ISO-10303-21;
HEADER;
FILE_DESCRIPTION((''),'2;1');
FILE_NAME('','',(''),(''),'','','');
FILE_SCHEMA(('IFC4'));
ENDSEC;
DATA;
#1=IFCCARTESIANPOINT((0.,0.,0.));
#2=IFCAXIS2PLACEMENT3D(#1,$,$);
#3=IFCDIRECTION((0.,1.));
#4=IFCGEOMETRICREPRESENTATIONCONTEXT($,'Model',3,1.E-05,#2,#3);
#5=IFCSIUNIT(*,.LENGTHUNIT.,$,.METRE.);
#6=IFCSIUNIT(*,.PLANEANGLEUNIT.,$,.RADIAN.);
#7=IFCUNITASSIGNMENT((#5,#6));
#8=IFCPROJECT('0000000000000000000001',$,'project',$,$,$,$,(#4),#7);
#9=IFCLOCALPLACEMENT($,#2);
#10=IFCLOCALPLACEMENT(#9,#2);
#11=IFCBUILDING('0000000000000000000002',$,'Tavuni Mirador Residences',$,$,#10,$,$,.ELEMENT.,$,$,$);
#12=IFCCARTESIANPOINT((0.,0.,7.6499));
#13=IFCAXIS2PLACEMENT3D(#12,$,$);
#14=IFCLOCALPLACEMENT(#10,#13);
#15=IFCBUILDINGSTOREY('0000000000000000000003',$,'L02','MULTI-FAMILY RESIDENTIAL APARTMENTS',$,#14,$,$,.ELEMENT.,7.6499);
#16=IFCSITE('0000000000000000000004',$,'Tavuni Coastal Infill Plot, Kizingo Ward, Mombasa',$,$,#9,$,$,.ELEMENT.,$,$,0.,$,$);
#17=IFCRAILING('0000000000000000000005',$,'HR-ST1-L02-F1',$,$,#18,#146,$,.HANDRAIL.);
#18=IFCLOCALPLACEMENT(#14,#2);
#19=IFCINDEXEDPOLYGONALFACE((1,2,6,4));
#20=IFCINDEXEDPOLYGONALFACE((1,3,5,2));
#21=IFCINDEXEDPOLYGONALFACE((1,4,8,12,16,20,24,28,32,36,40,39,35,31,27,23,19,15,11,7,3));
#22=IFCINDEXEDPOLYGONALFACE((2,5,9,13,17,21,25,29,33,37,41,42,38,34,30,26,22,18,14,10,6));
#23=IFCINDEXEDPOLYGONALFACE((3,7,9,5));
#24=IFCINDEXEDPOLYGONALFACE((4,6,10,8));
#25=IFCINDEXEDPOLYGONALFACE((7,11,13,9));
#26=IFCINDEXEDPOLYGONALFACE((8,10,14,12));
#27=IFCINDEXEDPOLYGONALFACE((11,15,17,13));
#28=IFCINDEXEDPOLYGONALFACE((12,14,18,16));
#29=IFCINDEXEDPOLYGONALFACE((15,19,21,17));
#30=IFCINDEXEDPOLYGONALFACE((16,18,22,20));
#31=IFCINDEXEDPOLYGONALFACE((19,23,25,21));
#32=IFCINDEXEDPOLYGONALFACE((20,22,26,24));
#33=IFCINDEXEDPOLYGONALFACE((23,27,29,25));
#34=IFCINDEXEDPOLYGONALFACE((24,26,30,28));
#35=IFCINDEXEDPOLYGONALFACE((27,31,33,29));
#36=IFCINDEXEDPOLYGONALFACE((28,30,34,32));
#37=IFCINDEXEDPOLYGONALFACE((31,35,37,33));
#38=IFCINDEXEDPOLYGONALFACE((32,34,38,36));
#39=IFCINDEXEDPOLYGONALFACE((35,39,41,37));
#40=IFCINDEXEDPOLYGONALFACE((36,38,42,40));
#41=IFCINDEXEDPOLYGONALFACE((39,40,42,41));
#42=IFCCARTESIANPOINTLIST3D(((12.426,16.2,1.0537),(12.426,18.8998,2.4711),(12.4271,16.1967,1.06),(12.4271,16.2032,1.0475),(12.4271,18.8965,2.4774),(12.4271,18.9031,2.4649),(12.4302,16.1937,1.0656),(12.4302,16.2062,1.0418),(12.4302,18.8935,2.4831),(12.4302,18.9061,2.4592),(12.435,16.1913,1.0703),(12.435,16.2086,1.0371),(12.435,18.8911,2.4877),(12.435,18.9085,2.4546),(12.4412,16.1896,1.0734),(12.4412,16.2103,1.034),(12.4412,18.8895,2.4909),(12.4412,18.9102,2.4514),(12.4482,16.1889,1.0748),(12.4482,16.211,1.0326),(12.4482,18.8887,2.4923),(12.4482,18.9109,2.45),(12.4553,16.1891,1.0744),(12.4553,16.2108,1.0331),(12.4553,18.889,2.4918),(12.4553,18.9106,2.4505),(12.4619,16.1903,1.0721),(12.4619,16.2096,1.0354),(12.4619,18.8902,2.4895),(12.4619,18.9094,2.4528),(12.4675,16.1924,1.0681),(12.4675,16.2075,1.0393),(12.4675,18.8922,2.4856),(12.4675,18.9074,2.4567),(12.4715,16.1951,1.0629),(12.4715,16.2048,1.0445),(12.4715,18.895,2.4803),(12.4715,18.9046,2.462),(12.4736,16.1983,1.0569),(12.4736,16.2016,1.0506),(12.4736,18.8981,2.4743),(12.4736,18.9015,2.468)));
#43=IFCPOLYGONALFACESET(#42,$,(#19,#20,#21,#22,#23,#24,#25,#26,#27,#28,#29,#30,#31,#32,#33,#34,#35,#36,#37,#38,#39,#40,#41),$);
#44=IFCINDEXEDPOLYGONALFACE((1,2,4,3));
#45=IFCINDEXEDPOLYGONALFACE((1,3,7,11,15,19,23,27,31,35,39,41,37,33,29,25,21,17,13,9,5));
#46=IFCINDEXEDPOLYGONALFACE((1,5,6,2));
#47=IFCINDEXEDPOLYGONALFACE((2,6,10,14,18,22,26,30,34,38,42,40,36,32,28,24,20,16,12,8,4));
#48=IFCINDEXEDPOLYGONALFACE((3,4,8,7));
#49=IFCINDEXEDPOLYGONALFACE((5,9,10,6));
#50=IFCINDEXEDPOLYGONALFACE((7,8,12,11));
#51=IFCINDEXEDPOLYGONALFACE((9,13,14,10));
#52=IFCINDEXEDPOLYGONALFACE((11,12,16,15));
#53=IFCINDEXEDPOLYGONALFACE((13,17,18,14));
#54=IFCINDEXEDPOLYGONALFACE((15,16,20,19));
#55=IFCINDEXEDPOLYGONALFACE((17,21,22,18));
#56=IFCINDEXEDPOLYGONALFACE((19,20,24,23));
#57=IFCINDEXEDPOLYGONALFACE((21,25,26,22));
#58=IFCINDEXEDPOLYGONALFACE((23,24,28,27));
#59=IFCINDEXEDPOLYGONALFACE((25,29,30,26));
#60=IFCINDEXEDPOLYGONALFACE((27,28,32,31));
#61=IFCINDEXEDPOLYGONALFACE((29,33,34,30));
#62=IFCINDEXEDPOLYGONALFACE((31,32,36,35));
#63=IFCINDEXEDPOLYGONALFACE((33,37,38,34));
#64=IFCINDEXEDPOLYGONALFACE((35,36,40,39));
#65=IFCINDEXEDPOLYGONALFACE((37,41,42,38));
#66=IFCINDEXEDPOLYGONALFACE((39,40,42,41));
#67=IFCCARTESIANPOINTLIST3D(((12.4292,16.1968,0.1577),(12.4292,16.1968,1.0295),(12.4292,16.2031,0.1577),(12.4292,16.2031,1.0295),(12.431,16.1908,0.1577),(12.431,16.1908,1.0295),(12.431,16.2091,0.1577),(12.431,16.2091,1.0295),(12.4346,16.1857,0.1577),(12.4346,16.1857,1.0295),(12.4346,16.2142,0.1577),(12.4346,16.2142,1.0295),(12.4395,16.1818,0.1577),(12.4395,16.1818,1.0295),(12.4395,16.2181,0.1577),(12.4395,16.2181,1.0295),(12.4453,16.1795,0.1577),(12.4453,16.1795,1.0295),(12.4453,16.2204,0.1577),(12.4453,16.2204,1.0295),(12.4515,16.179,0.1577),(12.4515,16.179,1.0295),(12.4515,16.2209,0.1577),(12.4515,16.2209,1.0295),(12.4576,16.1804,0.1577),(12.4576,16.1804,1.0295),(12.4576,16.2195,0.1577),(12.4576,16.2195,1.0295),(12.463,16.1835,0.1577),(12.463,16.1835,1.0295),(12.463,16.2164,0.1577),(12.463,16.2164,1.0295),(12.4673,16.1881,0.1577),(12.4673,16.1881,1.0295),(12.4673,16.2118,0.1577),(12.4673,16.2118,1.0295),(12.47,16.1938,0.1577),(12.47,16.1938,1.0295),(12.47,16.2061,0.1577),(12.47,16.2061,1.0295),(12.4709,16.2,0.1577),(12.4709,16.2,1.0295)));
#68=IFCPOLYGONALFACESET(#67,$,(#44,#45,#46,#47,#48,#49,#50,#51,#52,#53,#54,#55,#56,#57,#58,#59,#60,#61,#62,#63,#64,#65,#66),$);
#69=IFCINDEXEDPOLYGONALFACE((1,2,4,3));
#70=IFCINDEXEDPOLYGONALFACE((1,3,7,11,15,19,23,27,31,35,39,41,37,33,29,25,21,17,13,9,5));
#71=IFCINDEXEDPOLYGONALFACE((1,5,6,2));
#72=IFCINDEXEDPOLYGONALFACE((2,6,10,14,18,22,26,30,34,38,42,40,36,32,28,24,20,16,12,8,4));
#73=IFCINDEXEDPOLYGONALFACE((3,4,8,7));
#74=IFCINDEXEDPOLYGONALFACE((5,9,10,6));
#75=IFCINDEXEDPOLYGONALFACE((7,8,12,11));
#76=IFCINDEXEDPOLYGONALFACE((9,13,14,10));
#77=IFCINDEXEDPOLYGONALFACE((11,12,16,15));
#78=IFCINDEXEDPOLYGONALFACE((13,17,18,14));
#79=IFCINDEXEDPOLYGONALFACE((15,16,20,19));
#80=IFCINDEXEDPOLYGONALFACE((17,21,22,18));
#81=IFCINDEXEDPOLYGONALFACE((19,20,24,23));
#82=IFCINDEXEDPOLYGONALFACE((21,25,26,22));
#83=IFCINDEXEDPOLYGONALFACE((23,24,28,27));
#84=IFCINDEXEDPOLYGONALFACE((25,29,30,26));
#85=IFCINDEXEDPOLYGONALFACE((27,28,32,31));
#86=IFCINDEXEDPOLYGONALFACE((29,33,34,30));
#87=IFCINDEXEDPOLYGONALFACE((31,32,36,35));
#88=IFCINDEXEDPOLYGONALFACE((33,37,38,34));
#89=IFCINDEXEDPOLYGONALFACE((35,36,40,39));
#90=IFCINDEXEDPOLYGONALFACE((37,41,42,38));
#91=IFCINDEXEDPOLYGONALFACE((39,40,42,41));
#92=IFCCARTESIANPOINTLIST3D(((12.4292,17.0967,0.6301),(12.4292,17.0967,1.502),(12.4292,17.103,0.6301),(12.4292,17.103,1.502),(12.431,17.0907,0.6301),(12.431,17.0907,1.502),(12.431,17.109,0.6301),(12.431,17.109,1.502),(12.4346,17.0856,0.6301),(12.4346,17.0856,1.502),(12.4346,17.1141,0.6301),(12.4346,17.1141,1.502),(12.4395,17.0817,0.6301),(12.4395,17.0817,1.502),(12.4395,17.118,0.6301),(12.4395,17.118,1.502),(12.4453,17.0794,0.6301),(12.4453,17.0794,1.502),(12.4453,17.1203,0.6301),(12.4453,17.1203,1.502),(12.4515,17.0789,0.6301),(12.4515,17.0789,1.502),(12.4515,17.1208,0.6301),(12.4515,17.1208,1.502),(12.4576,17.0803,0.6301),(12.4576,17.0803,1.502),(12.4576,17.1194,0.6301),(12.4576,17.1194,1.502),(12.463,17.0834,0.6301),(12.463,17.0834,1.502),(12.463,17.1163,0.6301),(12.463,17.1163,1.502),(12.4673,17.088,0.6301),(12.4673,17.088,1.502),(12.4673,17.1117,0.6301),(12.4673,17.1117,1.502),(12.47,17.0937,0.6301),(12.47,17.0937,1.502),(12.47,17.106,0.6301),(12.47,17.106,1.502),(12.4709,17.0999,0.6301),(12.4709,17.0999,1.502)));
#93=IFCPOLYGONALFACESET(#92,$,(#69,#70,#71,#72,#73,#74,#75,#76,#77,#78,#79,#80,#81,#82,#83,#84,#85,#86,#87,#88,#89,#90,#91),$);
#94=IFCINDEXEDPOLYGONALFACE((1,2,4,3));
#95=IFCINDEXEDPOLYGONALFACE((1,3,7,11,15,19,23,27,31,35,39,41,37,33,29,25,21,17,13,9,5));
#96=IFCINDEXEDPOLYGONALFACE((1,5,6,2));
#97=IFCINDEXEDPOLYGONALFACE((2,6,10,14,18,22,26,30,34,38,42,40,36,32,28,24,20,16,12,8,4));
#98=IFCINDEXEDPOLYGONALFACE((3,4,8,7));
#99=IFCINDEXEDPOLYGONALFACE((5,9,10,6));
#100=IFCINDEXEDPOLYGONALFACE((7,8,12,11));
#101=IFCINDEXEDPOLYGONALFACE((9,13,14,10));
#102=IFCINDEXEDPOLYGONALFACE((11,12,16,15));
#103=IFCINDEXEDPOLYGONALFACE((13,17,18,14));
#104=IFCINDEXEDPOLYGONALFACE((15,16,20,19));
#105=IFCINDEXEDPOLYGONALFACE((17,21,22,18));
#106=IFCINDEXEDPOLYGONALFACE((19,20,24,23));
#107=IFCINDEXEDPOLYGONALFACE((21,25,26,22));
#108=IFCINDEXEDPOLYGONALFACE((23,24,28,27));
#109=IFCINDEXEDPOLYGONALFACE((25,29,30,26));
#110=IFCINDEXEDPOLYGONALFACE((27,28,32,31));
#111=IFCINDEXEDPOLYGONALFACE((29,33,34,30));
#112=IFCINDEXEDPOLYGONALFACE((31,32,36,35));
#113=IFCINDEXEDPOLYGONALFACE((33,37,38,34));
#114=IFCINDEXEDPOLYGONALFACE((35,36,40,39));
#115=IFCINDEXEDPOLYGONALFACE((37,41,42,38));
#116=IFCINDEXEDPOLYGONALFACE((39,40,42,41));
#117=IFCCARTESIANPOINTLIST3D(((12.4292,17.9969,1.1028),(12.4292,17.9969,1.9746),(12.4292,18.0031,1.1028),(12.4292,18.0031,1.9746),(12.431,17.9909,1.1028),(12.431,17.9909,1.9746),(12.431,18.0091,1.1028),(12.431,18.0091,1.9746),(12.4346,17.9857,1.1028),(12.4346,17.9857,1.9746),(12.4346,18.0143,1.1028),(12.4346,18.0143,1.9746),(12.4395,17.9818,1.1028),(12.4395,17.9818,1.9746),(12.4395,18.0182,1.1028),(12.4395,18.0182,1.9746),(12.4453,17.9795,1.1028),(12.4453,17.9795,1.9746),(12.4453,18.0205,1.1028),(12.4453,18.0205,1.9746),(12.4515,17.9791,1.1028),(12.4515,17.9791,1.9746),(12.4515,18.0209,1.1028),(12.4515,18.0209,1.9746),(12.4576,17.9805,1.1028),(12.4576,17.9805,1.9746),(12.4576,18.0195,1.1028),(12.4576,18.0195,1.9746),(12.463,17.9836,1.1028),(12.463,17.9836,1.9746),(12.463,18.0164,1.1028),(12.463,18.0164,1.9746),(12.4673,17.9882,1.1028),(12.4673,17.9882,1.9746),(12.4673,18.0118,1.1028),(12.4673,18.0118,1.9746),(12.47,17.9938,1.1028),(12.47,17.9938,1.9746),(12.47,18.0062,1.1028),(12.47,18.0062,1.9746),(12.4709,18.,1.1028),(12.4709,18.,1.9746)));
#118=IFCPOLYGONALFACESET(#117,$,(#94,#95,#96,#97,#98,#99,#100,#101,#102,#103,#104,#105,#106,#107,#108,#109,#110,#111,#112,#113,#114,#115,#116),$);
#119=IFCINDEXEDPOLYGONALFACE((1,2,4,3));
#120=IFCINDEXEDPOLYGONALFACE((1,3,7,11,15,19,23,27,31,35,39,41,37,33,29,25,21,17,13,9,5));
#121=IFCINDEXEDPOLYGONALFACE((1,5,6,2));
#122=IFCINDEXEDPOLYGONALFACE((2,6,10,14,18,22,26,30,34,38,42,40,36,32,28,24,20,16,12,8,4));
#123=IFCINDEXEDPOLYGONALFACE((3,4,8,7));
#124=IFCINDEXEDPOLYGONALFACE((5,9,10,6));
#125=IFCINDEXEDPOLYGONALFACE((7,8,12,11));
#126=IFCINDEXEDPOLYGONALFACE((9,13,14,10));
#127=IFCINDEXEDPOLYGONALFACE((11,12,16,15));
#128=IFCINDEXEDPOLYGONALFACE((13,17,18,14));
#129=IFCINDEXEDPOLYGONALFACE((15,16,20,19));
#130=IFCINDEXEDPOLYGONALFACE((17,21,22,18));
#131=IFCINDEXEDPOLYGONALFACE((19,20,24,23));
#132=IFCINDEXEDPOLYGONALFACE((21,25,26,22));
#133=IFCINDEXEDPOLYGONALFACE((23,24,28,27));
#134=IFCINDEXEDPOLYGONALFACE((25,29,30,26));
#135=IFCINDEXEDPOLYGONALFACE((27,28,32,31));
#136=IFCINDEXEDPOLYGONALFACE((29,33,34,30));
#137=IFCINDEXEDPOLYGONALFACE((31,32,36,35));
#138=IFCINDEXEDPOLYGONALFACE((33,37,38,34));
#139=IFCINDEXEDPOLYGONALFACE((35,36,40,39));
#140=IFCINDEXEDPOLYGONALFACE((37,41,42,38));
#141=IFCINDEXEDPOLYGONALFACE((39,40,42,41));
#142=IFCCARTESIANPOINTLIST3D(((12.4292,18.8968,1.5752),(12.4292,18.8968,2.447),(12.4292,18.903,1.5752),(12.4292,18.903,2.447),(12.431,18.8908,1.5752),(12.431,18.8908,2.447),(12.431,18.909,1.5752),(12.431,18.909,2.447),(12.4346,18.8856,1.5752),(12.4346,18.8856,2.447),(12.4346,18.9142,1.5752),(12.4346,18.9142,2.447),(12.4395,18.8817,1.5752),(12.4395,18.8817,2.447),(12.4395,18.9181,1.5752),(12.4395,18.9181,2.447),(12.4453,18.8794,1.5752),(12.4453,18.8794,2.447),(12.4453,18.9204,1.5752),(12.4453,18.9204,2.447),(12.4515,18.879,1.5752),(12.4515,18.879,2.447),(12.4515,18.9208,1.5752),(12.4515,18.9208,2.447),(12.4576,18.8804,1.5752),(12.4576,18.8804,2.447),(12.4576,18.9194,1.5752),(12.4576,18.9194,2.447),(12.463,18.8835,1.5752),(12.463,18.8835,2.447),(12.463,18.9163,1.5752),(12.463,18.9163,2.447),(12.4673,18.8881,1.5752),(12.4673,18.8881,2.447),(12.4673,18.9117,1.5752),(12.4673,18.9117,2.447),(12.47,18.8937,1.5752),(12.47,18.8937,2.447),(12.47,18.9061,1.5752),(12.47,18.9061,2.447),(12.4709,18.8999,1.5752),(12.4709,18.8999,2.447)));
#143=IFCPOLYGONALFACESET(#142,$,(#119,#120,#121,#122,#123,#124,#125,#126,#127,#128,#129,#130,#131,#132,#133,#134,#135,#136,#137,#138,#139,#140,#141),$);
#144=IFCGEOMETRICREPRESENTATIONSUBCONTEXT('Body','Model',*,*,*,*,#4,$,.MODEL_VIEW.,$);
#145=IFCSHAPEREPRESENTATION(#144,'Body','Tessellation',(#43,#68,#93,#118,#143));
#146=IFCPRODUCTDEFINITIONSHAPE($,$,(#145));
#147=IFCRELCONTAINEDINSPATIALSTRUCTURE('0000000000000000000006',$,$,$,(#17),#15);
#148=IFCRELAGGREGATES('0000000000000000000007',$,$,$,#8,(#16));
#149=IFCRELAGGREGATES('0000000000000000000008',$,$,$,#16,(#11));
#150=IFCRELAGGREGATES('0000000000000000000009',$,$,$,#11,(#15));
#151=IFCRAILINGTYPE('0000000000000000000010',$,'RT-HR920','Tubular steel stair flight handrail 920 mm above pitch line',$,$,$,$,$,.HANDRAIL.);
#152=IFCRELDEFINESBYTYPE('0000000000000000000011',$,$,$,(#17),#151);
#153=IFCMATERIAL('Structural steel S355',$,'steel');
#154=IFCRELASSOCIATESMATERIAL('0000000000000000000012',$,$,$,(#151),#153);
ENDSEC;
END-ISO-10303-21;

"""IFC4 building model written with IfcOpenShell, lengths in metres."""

from ifc_helpers import new_model, si_unit, direction, frame, origin, origin_2d, place, context, subcontext, project, spatial, circle, extrude, material, type_object, element, save


model = new_model("IFC4")

# Units and contexts
model_context = context("Model", 3, precision=1e-05, world=origin(), true_north=direction((0.0, 1.0)))
body_context = subcontext(model_context, "Body", "Model", "MODEL_VIEW")
ifc_project = project(units=[si_unit("LENGTHUNIT", "METRE"), si_unit("PLANEANGLEUNIT", "RADIAN")], contexts=[model_context])

# Site, building, storey
site_placement = place(None, origin())
site = spatial("IfcSite", under=ifc_project, at=site_placement, Name="Tavuni Coastal Infill Plot, Kizingo Ward, Mombasa", CompositionType="ELEMENT", RefElevation=0.0)
building_placement = place(site_placement, origin())
building = spatial("IfcBuilding", under=site, at=building_placement, Name="Tavuni Mirador Residences", CompositionType="ELEMENT")
storey_placement = place(building_placement, frame((0.0, 0.0, 7.6499)))
storey = spatial("IfcBuildingStorey", under=building, at=storey_placement, Name="L02", Description="MULTI-FAMILY RESIDENTIAL APARTMENTS", CompositionType="ELEMENT", Elevation=7.6499)

# Shared definitions
ifc_material_1 = material(Name="Structural steel S355", Category="steel")

# Railing
railing_type_1 = type_object("IfcRailingType", Name="RT-HR920", Description="Tubular steel stair flight handrail 920 mm above pitch line", PredefinedType="HANDRAIL", material=ifc_material_1)
railing_1_placement = place(storey_placement, frame((12.45, 16.2, 0.1577)))
element("IfcRailing", 1, at=railing_1_placement, inside=storey, type_object=railing_type_1, Name="HR-ST1-L02-F1", PredefinedType="HANDRAIL", context=body_context, shape_type="SweptSolid", body=[
    extrude(circle(Radius=0.0239, at=origin_2d()), frame((0.0, 0.0, 0.896), z_axis=(0.0, 0.885397, 0.464835), x_axis=(-1.0, 0.0, 0.0)), (0.0, 0.0, 1.0), 3.0493),
    extrude(circle(Radius=0.021, at=origin_2d()), origin(), (0.0, 0.0, 1.0), 0.8718),
    extrude(circle(Radius=0.021, at=origin_2d()), frame((0.0, 0.8999, 0.4724)), (0.0, 0.0, 1.0), 0.8718),
    extrude(circle(Radius=0.021, at=origin_2d()), frame((0.0, 1.8, 0.9451)), (0.0, 0.0, 1.0), 0.8718),
    extrude(circle(Radius=0.021, at=origin_2d()), frame((0.0, 2.7, 1.4175)), (0.0, 0.0, 1.0), 0.8718),
])

save(model, "model.ifc")
